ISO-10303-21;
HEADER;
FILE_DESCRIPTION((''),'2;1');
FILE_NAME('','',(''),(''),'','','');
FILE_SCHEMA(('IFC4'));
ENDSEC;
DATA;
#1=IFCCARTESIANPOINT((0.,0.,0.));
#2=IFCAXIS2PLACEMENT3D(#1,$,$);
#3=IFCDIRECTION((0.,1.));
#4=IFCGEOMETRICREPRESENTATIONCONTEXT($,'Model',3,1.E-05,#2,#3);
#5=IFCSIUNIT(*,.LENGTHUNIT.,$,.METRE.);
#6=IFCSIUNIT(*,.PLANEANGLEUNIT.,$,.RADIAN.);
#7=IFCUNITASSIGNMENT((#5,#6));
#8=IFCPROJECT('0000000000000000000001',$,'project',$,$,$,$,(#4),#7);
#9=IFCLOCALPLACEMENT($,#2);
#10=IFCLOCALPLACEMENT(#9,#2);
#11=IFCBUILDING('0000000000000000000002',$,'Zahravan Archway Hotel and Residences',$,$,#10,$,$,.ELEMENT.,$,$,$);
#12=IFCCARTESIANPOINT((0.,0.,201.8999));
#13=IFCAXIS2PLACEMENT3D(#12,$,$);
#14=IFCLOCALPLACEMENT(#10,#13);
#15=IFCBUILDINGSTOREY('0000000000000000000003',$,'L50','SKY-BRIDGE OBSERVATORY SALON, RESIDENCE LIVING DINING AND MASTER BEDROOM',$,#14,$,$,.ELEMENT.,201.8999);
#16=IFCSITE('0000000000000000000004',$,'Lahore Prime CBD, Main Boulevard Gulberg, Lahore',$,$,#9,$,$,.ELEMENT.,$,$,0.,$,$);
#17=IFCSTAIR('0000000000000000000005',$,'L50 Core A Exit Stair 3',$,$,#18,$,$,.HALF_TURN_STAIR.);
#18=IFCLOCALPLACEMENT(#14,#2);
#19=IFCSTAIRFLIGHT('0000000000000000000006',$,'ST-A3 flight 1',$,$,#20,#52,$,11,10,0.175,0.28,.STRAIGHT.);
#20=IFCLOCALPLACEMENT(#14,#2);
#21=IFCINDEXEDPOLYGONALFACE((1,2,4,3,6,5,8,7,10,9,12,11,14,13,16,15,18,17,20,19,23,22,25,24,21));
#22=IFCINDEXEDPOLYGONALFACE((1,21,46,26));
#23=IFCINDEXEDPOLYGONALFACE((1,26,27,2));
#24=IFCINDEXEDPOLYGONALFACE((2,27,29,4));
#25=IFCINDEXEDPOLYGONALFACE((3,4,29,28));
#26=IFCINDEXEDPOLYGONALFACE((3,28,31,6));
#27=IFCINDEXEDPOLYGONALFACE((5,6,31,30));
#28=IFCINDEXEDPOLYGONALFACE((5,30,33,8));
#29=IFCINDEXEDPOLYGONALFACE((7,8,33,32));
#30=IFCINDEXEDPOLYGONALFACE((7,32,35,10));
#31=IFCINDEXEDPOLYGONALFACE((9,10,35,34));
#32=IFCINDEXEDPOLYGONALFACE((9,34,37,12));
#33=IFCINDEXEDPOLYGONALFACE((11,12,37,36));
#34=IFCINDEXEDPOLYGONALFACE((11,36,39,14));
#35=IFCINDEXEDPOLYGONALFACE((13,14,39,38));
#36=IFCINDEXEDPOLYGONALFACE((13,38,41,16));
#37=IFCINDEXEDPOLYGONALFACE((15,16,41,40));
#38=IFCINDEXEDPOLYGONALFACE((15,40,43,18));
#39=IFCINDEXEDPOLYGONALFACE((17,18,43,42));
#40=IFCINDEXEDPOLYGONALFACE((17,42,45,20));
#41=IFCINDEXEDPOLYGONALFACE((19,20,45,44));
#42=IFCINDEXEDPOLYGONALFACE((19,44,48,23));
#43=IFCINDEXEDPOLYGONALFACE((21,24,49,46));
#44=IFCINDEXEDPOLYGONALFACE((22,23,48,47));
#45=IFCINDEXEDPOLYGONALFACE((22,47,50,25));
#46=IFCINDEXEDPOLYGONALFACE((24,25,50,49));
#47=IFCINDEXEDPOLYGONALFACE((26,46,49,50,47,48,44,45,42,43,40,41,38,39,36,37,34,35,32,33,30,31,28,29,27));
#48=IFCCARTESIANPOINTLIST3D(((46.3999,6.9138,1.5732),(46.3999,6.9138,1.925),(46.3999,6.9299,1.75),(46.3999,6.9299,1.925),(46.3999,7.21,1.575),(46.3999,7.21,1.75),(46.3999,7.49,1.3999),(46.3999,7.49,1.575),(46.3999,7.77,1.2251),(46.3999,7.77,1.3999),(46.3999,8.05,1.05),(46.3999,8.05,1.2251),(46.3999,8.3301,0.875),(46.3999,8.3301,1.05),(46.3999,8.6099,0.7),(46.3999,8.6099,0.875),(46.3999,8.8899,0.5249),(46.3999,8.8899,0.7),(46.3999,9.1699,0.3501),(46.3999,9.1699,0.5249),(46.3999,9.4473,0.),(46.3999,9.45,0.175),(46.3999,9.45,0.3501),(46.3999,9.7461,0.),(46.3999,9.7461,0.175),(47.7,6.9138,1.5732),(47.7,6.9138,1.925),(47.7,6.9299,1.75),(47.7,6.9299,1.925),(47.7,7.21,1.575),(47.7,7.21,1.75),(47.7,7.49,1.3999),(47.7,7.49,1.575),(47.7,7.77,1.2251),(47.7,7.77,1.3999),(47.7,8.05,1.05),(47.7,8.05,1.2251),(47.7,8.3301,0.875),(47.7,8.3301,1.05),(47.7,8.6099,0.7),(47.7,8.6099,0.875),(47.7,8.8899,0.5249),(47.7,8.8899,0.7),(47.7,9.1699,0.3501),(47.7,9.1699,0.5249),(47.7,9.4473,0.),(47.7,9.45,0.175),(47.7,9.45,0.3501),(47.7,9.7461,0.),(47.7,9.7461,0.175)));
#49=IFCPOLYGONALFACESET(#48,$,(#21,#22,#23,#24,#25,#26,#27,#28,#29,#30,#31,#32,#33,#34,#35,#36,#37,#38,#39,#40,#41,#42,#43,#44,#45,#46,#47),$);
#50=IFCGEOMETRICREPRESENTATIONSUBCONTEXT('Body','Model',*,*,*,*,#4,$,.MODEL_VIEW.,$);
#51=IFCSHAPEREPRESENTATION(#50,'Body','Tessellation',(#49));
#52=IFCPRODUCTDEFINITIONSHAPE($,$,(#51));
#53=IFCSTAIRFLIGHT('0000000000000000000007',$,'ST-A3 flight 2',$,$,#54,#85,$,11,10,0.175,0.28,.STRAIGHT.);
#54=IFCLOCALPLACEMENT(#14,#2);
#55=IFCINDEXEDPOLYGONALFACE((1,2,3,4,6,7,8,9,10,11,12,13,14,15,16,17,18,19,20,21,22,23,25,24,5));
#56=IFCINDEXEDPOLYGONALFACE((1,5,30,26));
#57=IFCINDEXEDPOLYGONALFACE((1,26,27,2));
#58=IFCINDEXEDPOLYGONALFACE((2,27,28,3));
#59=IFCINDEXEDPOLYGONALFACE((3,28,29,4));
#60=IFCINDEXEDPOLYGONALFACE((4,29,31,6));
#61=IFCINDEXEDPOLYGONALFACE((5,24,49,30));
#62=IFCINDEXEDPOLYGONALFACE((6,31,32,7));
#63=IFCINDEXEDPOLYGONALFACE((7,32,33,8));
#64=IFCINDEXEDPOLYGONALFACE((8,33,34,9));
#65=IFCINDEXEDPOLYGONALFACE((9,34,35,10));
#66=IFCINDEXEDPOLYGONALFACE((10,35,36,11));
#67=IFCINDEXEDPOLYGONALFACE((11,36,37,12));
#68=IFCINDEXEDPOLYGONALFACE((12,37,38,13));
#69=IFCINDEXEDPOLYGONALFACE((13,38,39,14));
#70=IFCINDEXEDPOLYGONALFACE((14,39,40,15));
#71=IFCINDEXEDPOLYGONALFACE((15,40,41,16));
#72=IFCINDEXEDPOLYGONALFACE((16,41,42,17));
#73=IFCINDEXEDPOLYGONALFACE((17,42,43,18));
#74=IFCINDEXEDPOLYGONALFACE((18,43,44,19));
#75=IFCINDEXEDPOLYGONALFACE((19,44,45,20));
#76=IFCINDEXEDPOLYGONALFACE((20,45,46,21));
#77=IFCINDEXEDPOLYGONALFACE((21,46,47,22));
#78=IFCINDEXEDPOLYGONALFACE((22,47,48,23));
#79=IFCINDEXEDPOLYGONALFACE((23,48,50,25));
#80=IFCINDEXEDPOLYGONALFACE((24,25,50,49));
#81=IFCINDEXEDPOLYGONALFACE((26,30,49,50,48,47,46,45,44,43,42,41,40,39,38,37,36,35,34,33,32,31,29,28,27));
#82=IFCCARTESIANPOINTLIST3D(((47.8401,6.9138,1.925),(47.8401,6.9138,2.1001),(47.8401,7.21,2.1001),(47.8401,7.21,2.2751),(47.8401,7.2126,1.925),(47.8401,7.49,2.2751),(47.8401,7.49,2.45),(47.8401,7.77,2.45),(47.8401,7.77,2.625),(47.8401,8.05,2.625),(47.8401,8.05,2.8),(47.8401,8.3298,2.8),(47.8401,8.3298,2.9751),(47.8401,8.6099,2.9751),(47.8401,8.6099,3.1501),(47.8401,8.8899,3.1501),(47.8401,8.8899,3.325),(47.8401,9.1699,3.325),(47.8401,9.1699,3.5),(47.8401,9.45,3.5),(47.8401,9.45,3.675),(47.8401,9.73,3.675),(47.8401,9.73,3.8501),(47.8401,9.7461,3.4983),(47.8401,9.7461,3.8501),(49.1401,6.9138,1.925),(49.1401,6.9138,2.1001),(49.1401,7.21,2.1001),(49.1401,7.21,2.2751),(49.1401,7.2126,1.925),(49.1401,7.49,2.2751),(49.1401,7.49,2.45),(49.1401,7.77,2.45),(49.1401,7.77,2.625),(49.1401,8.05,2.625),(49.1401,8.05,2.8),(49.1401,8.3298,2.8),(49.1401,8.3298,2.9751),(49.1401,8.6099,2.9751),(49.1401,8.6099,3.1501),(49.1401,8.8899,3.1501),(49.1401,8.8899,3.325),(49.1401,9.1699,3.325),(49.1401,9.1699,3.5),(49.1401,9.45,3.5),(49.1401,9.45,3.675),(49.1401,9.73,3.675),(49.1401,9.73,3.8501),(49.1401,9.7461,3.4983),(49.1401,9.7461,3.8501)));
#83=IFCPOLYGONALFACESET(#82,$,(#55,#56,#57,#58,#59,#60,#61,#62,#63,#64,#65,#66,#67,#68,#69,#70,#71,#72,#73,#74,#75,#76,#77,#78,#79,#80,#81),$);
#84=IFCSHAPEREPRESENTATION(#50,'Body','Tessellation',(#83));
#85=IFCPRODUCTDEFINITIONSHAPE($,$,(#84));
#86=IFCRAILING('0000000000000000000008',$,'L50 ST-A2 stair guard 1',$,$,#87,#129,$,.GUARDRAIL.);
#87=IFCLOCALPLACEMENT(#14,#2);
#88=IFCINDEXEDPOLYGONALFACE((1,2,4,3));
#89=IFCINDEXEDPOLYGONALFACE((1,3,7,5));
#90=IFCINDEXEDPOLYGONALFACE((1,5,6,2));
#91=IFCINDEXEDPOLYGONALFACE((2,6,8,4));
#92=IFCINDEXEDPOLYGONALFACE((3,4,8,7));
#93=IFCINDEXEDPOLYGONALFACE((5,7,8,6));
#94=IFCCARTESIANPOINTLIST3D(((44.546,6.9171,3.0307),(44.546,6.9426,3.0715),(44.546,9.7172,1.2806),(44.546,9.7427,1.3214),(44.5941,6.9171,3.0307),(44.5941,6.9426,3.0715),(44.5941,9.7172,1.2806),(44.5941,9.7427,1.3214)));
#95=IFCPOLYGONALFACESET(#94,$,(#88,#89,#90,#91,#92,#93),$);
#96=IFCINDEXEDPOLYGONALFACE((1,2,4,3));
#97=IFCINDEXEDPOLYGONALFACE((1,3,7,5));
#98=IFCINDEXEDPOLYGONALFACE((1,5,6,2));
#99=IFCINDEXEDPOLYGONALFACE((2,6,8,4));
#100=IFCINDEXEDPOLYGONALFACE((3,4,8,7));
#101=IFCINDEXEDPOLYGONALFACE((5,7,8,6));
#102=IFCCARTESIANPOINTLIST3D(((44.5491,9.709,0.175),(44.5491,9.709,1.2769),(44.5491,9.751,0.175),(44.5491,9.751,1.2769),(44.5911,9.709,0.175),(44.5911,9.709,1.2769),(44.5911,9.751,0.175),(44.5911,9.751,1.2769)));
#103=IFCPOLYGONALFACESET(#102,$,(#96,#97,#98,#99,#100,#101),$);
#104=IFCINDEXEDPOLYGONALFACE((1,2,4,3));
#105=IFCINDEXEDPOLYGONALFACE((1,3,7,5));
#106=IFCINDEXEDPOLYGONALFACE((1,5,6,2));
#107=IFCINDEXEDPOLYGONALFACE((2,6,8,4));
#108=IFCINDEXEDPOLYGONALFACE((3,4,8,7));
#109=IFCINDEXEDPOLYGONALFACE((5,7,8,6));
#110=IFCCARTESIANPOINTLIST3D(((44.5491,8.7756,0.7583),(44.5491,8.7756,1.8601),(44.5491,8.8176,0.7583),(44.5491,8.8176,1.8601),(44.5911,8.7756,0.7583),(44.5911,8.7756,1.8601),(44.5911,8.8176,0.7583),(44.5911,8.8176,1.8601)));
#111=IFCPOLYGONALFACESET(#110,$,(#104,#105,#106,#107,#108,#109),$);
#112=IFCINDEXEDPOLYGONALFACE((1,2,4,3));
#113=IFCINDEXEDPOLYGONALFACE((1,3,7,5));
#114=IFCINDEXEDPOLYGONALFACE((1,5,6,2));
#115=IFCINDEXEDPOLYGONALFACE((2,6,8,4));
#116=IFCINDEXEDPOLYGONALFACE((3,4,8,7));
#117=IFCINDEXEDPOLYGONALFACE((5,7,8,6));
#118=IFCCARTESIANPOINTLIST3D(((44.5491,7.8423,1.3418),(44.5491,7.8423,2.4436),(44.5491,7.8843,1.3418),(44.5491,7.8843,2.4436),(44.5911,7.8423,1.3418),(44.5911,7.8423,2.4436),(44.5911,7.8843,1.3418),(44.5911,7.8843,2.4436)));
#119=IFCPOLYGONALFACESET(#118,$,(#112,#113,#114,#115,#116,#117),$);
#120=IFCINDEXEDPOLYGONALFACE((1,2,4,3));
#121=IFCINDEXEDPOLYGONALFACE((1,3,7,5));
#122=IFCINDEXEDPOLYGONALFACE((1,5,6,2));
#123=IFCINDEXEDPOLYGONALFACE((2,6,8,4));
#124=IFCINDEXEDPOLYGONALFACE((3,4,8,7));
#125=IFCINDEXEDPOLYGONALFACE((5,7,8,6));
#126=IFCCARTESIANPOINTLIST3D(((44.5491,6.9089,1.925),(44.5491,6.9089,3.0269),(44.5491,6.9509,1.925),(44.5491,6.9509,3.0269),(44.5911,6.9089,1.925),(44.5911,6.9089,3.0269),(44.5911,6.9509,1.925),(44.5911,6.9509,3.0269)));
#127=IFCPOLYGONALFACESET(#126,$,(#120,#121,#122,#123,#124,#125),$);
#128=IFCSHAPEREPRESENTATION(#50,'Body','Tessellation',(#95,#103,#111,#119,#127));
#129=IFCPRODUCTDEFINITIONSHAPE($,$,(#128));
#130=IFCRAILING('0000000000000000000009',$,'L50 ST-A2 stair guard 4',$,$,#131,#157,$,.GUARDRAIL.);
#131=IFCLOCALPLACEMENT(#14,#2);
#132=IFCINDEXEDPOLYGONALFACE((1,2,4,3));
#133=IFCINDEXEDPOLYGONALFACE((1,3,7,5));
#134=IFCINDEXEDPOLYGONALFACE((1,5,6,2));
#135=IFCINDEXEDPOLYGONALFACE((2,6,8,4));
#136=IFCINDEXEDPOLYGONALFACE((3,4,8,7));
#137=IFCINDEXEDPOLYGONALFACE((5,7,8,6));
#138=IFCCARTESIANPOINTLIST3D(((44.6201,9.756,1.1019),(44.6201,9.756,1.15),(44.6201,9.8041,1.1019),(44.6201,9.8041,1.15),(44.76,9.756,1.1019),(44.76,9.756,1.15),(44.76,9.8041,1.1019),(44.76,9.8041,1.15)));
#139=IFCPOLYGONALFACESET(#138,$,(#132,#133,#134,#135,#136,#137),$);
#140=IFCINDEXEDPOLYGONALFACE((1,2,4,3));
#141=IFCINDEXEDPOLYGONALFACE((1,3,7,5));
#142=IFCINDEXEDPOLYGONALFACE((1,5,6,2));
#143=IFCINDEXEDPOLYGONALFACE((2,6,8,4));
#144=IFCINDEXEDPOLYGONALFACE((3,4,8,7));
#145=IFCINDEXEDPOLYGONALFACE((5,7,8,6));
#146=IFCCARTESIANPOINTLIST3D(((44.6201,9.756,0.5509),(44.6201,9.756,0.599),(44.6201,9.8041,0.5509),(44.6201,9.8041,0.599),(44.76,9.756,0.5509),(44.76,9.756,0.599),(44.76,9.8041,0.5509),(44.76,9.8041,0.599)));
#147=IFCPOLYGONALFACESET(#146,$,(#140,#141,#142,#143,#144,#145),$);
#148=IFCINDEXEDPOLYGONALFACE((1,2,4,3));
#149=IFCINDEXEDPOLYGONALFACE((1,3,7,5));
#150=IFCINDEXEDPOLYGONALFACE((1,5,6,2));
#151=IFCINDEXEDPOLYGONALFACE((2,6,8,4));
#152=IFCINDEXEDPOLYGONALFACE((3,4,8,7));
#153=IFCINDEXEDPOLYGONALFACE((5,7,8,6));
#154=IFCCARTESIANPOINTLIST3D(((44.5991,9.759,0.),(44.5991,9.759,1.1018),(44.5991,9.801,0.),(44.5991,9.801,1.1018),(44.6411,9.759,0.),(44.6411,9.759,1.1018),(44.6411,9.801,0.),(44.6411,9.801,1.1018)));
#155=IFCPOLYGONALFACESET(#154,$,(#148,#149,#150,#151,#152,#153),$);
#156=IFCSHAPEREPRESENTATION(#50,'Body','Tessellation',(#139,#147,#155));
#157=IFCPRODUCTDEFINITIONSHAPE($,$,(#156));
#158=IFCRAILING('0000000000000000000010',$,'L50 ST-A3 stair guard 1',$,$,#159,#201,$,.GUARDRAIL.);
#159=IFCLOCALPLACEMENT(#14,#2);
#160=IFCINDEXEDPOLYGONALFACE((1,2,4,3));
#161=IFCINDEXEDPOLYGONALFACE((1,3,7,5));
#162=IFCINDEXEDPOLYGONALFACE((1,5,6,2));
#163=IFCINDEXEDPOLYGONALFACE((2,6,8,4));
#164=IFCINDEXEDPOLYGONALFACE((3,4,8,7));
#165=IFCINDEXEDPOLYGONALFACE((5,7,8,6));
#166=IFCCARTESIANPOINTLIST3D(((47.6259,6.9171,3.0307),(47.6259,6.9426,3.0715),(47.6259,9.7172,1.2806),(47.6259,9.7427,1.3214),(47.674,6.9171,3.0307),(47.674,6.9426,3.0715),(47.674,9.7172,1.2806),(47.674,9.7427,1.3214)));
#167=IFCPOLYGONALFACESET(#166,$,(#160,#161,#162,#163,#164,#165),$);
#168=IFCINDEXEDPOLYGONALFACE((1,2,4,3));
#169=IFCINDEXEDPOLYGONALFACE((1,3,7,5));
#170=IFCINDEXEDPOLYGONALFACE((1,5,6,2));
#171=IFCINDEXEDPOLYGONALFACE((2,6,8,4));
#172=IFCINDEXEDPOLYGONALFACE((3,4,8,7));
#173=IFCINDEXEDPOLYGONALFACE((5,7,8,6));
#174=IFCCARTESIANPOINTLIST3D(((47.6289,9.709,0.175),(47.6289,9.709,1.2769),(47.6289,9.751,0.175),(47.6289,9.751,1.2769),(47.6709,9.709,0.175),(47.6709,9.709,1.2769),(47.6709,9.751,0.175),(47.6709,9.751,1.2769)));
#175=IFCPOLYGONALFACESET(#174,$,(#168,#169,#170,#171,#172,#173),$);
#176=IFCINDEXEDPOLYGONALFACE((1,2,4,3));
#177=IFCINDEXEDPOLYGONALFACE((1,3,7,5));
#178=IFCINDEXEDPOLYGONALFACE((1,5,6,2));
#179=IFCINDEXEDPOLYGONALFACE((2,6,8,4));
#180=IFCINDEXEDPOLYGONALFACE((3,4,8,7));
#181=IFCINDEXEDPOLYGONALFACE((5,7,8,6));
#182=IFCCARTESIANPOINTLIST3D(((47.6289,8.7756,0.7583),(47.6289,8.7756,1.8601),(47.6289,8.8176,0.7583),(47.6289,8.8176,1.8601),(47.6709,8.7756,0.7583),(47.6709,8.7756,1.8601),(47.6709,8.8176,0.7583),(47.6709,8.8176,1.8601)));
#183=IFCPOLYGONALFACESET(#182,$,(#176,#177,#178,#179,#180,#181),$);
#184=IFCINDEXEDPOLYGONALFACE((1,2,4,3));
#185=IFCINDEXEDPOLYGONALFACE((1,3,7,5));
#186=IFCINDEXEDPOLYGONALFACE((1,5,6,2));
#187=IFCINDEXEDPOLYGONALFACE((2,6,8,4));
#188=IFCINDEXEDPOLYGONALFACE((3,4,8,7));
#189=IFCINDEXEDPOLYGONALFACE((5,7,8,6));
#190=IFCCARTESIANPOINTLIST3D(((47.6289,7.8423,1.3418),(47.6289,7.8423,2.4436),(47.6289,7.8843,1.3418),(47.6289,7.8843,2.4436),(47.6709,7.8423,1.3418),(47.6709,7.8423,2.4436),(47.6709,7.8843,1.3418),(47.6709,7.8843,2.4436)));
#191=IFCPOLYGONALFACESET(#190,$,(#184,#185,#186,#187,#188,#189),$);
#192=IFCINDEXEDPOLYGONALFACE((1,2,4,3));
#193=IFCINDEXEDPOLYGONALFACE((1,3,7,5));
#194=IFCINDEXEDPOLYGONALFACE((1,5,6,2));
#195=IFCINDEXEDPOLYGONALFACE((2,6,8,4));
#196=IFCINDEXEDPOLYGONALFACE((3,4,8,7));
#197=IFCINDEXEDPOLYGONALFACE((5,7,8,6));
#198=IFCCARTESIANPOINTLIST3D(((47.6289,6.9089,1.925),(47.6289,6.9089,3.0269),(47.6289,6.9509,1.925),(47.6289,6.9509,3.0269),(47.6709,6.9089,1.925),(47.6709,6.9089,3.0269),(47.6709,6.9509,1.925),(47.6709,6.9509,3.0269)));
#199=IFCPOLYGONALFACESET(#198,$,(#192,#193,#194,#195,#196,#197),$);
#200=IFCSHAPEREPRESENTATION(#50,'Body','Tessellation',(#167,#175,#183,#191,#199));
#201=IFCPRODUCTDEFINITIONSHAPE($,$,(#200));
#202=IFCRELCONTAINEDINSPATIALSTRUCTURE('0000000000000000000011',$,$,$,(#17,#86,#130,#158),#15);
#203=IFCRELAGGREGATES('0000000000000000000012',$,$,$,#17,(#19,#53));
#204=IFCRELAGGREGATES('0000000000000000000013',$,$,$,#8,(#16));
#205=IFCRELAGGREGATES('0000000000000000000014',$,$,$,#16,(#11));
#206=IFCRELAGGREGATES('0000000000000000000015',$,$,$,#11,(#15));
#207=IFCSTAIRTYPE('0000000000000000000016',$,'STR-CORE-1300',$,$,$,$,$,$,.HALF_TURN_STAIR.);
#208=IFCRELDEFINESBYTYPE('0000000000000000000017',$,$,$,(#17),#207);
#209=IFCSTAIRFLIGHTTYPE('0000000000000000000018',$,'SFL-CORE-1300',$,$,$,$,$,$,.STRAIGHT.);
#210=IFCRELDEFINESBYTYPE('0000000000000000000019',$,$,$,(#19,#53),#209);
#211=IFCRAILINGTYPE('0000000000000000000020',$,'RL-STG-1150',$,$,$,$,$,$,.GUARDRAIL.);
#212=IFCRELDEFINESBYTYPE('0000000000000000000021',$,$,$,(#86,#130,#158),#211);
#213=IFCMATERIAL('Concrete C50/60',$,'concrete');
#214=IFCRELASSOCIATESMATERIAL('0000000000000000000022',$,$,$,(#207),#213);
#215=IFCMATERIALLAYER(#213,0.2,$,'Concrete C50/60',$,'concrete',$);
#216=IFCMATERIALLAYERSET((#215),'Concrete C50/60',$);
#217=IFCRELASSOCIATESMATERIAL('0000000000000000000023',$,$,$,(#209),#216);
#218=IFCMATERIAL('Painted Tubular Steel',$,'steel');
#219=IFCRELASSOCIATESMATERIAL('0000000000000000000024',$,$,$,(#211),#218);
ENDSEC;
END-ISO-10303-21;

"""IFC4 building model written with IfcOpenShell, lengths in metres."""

from ifc_helpers import new_model, si_unit, direction, frame, origin, origin_2d, place, context, subcontext, project, spatial, polyline, rectangle, outline, extrude, source, transform, mapped, material, layer, layer_set, type_object, element, aggregate, save


model = new_model("IFC4")

# Units and contexts
model_context = context("Model", 3, precision=1e-05, world=origin(), true_north=direction((0.0, 1.0)))
body_context = subcontext(model_context, "Body", "Model", "MODEL_VIEW")
ifc_project = project(units=[si_unit("LENGTHUNIT", "METRE"), si_unit("PLANEANGLEUNIT", "RADIAN")], contexts=[model_context])

# Site, building, storey
site_placement = place(None, origin())
site = spatial("IfcSite", under=ifc_project, at=site_placement, Name="Lahore Prime CBD, Main Boulevard Gulberg, Lahore", CompositionType="ELEMENT", RefElevation=0.0)
building_placement = place(site_placement, origin())
building = spatial("IfcBuilding", under=site, at=building_placement, Name="Zahravan Archway Hotel and Residences", CompositionType="ELEMENT")
storey_placement = place(building_placement, frame((0.0, 0.0, 201.8999)))
storey = spatial("IfcBuildingStorey", under=building, at=storey_placement, Name="L50", Description="SKY-BRIDGE OBSERVATORY SALON, RESIDENCE LIVING DINING AND MASTER BEDROOM", CompositionType="ELEMENT", Elevation=201.8999)

# Shared definitions
ifc_material_1 = material(Name="Concrete C50/60", Category="concrete")

# Shared definitions
stair_type = type_object("IfcStairType", Name="STR-CORE-1300", PredefinedType="HALF_TURN_STAIR", material=ifc_material_1)
ifc_layer_1 = layer(ifc_material_1, 0.2, Name="Concrete C50/60", Category="concrete")
ifc_layer_set_1 = layer_set([ifc_layer_1], Name="Concrete C50/60")
stair_flight_type = type_object("IfcStairFlightType", Name="SFL-CORE-1300", PredefinedType="STRAIGHT", material=ifc_layer_set_1)
shared_shape_1 = source(origin(), body_context, "Body", "SweptSolid", [
    extrude(outline(polyline([(-0.0161, 0.0), (-0.0161, 0.175), (0.28, 0.175), (0.28, 0.3501), (0.5601, 0.3501), (0.5601, 0.5249), (0.8401, 0.5249), (0.8401, 0.7), (1.1201, 0.7), (1.1201, 0.875), (1.3999, 0.875), (1.3999, 1.05), (1.6799, 1.05), (1.6799, 1.2251), (1.96, 1.2251), (1.96, 1.3999), (2.24, 1.3999), (2.24, 1.575), (2.52, 1.575), (2.52, 1.75), (2.8, 1.75), (2.8, 1.925), (2.8162, 1.925), (2.8162, 1.5732), (0.2827, 0.0), (-0.0161, 0.0)])), frame((0.0, 0.6499, 0.0), z_axis=(0.0, -1.0, 0.0), x_axis=(1.0, 0.0, 0.0)), (0.0, 0.0, 1.0), 1.3),
])

# Stair, stair flights
stair_1_placement = place(storey_placement, origin())
stair_1 = element("IfcStair", 1, at=stair_1_placement, inside=storey, type_object=stair_type, Name="L50 Core A Exit Stair 3", PredefinedType="HALF_TURN_STAIR")
stair_flight_1_placement = place(storey_placement, frame((47.05, 9.73, 0.0), z_axis=(0.0, 0.0, 1.0), x_axis=(0.0, -1.0, 0.0)))
stair_flight_1 = element("IfcStairFlight", 2, at=stair_flight_1_placement, type_object=stair_flight_type, Name="ST-A3 flight 1", NumberOfRisers=11, NumberOfTreads=10, PredefinedType="STRAIGHT", RiserHeight=0.175, TreadLength=0.28, context=body_context, shape_type="MappedRepresentation", body=[
    mapped(shared_shape_1, transform((0.0, 0.0, 0.0), scale=1.0)),
])
stair_flight_2_placement = place(storey_placement, frame((48.49, 6.9299, 1.925), z_axis=(0.0, 0.0, 1.0), x_axis=(0.0, 1.0, 0.0)))
stair_flight_2 = element("IfcStairFlight", 3, at=stair_flight_2_placement, type_object=stair_flight_type, Name="ST-A3 flight 2", NumberOfRisers=11, NumberOfTreads=10, PredefinedType="STRAIGHT", RiserHeight=0.175, TreadLength=0.28, context=body_context, shape_type="MappedRepresentation", body=[
    mapped(shared_shape_1, transform((0.0, 0.0, 0.0), scale=1.0)),
])
aggregate(stair_1, [stair_flight_1, stair_flight_2])

# Railings
ifc_material_2 = material(Name="Painted Tubular Steel", Category="steel")
railing_type_1 = type_object("IfcRailingType", Name="RL-STG-1150", PredefinedType="GUARDRAIL", material=ifc_material_2)
railing_1_placement = place(storey_placement, frame((44.5701, 9.73, 0.175)))
element("IfcRailing", 4, at=railing_1_placement, inside=storey, type_object=railing_type_1, Name="L50 ST-A2 stair guard 1", PredefinedType="GUARDRAIL", context=body_context, shape_type="SweptSolid", body=[
    extrude(rectangle(XDim=0.0481, YDim=0.0481, at=origin_2d()), frame((0.0, 0.0, 1.126), z_axis=(0.0, -0.848002, 0.529992), x_axis=(1.0, 0.0, 0.0)), (0.0, 0.0, 1.0), 3.302),
    extrude(rectangle(XDim=0.042, YDim=0.042, at=origin_2d()), origin(), (0.0, 0.0, 1.0), 1.1018),
    extrude(rectangle(XDim=0.042, YDim=0.042, at=origin_2d()), frame((0.0, -0.9333, 0.5833)), (0.0, 0.0, 1.0), 1.1018),
    extrude(rectangle(XDim=0.042, YDim=0.042, at=origin_2d()), frame((0.0, -1.8667, 1.1667)), (0.0, 0.0, 1.0), 1.1018),
    extrude(rectangle(XDim=0.042, YDim=0.042, at=origin_2d()), frame((0.0, -2.8, 1.75)), (0.0, 0.0, 1.0), 1.1018),
])
railing_2_placement = place(storey_placement, frame((44.6201, 9.78, 0.0)))
element("IfcRailing", 5, at=railing_2_placement, inside=storey, type_object=railing_type_1, Name="L50 ST-A2 stair guard 4", PredefinedType="GUARDRAIL", context=body_context, shape_type="SweptSolid", body=[
    extrude(rectangle(XDim=0.0481, YDim=0.0481, at=origin_2d()), frame((0.0, 0.0, 1.126), z_axis=(1.0, 0.0, 0.0), x_axis=(0.0, 1.0, 0.0)), (0.0, 0.0, 1.0), 0.1399),
    extrude(rectangle(XDim=0.0481, YDim=0.0481, at=origin_2d()), frame((0.0, 0.0, 0.575), z_axis=(1.0, 0.0, 0.0), x_axis=(0.0, 1.0, 0.0)), (0.0, 0.0, 1.0), 0.1399),
    extrude(rectangle(XDim=0.042, YDim=0.042, at=origin_2d()), origin(), (0.0, 0.0, 1.0), 1.1018),
])
railing_3_placement = place(storey_placement, frame((47.6499, 9.73, 0.175)))
element("IfcRailing", 6, at=railing_3_placement, inside=storey, type_object=railing_type_1, Name="L50 ST-A3 stair guard 1", PredefinedType="GUARDRAIL", context=body_context, shape_type="SweptSolid", body=[
    extrude(rectangle(XDim=0.0481, YDim=0.0481, at=origin_2d()), frame((0.0, 0.0, 1.126), z_axis=(0.0, -0.848002, 0.529992), x_axis=(1.0, 0.0, 0.0)), (0.0, 0.0, 1.0), 3.302),
    extrude(rectangle(XDim=0.042, YDim=0.042, at=origin_2d()), origin(), (0.0, 0.0, 1.0), 1.1018),
    extrude(rectangle(XDim=0.042, YDim=0.042, at=origin_2d()), frame((0.0, -0.9333, 0.5833)), (0.0, 0.0, 1.0), 1.1018),
    extrude(rectangle(XDim=0.042, YDim=0.042, at=origin_2d()), frame((0.0, -1.8667, 1.1667)), (0.0, 0.0, 1.0), 1.1018),
    extrude(rectangle(XDim=0.042, YDim=0.042, at=origin_2d()), frame((0.0, -2.8, 1.75)), (0.0, 0.0, 1.0), 1.1018),
])

save(model, "model.ifc")
